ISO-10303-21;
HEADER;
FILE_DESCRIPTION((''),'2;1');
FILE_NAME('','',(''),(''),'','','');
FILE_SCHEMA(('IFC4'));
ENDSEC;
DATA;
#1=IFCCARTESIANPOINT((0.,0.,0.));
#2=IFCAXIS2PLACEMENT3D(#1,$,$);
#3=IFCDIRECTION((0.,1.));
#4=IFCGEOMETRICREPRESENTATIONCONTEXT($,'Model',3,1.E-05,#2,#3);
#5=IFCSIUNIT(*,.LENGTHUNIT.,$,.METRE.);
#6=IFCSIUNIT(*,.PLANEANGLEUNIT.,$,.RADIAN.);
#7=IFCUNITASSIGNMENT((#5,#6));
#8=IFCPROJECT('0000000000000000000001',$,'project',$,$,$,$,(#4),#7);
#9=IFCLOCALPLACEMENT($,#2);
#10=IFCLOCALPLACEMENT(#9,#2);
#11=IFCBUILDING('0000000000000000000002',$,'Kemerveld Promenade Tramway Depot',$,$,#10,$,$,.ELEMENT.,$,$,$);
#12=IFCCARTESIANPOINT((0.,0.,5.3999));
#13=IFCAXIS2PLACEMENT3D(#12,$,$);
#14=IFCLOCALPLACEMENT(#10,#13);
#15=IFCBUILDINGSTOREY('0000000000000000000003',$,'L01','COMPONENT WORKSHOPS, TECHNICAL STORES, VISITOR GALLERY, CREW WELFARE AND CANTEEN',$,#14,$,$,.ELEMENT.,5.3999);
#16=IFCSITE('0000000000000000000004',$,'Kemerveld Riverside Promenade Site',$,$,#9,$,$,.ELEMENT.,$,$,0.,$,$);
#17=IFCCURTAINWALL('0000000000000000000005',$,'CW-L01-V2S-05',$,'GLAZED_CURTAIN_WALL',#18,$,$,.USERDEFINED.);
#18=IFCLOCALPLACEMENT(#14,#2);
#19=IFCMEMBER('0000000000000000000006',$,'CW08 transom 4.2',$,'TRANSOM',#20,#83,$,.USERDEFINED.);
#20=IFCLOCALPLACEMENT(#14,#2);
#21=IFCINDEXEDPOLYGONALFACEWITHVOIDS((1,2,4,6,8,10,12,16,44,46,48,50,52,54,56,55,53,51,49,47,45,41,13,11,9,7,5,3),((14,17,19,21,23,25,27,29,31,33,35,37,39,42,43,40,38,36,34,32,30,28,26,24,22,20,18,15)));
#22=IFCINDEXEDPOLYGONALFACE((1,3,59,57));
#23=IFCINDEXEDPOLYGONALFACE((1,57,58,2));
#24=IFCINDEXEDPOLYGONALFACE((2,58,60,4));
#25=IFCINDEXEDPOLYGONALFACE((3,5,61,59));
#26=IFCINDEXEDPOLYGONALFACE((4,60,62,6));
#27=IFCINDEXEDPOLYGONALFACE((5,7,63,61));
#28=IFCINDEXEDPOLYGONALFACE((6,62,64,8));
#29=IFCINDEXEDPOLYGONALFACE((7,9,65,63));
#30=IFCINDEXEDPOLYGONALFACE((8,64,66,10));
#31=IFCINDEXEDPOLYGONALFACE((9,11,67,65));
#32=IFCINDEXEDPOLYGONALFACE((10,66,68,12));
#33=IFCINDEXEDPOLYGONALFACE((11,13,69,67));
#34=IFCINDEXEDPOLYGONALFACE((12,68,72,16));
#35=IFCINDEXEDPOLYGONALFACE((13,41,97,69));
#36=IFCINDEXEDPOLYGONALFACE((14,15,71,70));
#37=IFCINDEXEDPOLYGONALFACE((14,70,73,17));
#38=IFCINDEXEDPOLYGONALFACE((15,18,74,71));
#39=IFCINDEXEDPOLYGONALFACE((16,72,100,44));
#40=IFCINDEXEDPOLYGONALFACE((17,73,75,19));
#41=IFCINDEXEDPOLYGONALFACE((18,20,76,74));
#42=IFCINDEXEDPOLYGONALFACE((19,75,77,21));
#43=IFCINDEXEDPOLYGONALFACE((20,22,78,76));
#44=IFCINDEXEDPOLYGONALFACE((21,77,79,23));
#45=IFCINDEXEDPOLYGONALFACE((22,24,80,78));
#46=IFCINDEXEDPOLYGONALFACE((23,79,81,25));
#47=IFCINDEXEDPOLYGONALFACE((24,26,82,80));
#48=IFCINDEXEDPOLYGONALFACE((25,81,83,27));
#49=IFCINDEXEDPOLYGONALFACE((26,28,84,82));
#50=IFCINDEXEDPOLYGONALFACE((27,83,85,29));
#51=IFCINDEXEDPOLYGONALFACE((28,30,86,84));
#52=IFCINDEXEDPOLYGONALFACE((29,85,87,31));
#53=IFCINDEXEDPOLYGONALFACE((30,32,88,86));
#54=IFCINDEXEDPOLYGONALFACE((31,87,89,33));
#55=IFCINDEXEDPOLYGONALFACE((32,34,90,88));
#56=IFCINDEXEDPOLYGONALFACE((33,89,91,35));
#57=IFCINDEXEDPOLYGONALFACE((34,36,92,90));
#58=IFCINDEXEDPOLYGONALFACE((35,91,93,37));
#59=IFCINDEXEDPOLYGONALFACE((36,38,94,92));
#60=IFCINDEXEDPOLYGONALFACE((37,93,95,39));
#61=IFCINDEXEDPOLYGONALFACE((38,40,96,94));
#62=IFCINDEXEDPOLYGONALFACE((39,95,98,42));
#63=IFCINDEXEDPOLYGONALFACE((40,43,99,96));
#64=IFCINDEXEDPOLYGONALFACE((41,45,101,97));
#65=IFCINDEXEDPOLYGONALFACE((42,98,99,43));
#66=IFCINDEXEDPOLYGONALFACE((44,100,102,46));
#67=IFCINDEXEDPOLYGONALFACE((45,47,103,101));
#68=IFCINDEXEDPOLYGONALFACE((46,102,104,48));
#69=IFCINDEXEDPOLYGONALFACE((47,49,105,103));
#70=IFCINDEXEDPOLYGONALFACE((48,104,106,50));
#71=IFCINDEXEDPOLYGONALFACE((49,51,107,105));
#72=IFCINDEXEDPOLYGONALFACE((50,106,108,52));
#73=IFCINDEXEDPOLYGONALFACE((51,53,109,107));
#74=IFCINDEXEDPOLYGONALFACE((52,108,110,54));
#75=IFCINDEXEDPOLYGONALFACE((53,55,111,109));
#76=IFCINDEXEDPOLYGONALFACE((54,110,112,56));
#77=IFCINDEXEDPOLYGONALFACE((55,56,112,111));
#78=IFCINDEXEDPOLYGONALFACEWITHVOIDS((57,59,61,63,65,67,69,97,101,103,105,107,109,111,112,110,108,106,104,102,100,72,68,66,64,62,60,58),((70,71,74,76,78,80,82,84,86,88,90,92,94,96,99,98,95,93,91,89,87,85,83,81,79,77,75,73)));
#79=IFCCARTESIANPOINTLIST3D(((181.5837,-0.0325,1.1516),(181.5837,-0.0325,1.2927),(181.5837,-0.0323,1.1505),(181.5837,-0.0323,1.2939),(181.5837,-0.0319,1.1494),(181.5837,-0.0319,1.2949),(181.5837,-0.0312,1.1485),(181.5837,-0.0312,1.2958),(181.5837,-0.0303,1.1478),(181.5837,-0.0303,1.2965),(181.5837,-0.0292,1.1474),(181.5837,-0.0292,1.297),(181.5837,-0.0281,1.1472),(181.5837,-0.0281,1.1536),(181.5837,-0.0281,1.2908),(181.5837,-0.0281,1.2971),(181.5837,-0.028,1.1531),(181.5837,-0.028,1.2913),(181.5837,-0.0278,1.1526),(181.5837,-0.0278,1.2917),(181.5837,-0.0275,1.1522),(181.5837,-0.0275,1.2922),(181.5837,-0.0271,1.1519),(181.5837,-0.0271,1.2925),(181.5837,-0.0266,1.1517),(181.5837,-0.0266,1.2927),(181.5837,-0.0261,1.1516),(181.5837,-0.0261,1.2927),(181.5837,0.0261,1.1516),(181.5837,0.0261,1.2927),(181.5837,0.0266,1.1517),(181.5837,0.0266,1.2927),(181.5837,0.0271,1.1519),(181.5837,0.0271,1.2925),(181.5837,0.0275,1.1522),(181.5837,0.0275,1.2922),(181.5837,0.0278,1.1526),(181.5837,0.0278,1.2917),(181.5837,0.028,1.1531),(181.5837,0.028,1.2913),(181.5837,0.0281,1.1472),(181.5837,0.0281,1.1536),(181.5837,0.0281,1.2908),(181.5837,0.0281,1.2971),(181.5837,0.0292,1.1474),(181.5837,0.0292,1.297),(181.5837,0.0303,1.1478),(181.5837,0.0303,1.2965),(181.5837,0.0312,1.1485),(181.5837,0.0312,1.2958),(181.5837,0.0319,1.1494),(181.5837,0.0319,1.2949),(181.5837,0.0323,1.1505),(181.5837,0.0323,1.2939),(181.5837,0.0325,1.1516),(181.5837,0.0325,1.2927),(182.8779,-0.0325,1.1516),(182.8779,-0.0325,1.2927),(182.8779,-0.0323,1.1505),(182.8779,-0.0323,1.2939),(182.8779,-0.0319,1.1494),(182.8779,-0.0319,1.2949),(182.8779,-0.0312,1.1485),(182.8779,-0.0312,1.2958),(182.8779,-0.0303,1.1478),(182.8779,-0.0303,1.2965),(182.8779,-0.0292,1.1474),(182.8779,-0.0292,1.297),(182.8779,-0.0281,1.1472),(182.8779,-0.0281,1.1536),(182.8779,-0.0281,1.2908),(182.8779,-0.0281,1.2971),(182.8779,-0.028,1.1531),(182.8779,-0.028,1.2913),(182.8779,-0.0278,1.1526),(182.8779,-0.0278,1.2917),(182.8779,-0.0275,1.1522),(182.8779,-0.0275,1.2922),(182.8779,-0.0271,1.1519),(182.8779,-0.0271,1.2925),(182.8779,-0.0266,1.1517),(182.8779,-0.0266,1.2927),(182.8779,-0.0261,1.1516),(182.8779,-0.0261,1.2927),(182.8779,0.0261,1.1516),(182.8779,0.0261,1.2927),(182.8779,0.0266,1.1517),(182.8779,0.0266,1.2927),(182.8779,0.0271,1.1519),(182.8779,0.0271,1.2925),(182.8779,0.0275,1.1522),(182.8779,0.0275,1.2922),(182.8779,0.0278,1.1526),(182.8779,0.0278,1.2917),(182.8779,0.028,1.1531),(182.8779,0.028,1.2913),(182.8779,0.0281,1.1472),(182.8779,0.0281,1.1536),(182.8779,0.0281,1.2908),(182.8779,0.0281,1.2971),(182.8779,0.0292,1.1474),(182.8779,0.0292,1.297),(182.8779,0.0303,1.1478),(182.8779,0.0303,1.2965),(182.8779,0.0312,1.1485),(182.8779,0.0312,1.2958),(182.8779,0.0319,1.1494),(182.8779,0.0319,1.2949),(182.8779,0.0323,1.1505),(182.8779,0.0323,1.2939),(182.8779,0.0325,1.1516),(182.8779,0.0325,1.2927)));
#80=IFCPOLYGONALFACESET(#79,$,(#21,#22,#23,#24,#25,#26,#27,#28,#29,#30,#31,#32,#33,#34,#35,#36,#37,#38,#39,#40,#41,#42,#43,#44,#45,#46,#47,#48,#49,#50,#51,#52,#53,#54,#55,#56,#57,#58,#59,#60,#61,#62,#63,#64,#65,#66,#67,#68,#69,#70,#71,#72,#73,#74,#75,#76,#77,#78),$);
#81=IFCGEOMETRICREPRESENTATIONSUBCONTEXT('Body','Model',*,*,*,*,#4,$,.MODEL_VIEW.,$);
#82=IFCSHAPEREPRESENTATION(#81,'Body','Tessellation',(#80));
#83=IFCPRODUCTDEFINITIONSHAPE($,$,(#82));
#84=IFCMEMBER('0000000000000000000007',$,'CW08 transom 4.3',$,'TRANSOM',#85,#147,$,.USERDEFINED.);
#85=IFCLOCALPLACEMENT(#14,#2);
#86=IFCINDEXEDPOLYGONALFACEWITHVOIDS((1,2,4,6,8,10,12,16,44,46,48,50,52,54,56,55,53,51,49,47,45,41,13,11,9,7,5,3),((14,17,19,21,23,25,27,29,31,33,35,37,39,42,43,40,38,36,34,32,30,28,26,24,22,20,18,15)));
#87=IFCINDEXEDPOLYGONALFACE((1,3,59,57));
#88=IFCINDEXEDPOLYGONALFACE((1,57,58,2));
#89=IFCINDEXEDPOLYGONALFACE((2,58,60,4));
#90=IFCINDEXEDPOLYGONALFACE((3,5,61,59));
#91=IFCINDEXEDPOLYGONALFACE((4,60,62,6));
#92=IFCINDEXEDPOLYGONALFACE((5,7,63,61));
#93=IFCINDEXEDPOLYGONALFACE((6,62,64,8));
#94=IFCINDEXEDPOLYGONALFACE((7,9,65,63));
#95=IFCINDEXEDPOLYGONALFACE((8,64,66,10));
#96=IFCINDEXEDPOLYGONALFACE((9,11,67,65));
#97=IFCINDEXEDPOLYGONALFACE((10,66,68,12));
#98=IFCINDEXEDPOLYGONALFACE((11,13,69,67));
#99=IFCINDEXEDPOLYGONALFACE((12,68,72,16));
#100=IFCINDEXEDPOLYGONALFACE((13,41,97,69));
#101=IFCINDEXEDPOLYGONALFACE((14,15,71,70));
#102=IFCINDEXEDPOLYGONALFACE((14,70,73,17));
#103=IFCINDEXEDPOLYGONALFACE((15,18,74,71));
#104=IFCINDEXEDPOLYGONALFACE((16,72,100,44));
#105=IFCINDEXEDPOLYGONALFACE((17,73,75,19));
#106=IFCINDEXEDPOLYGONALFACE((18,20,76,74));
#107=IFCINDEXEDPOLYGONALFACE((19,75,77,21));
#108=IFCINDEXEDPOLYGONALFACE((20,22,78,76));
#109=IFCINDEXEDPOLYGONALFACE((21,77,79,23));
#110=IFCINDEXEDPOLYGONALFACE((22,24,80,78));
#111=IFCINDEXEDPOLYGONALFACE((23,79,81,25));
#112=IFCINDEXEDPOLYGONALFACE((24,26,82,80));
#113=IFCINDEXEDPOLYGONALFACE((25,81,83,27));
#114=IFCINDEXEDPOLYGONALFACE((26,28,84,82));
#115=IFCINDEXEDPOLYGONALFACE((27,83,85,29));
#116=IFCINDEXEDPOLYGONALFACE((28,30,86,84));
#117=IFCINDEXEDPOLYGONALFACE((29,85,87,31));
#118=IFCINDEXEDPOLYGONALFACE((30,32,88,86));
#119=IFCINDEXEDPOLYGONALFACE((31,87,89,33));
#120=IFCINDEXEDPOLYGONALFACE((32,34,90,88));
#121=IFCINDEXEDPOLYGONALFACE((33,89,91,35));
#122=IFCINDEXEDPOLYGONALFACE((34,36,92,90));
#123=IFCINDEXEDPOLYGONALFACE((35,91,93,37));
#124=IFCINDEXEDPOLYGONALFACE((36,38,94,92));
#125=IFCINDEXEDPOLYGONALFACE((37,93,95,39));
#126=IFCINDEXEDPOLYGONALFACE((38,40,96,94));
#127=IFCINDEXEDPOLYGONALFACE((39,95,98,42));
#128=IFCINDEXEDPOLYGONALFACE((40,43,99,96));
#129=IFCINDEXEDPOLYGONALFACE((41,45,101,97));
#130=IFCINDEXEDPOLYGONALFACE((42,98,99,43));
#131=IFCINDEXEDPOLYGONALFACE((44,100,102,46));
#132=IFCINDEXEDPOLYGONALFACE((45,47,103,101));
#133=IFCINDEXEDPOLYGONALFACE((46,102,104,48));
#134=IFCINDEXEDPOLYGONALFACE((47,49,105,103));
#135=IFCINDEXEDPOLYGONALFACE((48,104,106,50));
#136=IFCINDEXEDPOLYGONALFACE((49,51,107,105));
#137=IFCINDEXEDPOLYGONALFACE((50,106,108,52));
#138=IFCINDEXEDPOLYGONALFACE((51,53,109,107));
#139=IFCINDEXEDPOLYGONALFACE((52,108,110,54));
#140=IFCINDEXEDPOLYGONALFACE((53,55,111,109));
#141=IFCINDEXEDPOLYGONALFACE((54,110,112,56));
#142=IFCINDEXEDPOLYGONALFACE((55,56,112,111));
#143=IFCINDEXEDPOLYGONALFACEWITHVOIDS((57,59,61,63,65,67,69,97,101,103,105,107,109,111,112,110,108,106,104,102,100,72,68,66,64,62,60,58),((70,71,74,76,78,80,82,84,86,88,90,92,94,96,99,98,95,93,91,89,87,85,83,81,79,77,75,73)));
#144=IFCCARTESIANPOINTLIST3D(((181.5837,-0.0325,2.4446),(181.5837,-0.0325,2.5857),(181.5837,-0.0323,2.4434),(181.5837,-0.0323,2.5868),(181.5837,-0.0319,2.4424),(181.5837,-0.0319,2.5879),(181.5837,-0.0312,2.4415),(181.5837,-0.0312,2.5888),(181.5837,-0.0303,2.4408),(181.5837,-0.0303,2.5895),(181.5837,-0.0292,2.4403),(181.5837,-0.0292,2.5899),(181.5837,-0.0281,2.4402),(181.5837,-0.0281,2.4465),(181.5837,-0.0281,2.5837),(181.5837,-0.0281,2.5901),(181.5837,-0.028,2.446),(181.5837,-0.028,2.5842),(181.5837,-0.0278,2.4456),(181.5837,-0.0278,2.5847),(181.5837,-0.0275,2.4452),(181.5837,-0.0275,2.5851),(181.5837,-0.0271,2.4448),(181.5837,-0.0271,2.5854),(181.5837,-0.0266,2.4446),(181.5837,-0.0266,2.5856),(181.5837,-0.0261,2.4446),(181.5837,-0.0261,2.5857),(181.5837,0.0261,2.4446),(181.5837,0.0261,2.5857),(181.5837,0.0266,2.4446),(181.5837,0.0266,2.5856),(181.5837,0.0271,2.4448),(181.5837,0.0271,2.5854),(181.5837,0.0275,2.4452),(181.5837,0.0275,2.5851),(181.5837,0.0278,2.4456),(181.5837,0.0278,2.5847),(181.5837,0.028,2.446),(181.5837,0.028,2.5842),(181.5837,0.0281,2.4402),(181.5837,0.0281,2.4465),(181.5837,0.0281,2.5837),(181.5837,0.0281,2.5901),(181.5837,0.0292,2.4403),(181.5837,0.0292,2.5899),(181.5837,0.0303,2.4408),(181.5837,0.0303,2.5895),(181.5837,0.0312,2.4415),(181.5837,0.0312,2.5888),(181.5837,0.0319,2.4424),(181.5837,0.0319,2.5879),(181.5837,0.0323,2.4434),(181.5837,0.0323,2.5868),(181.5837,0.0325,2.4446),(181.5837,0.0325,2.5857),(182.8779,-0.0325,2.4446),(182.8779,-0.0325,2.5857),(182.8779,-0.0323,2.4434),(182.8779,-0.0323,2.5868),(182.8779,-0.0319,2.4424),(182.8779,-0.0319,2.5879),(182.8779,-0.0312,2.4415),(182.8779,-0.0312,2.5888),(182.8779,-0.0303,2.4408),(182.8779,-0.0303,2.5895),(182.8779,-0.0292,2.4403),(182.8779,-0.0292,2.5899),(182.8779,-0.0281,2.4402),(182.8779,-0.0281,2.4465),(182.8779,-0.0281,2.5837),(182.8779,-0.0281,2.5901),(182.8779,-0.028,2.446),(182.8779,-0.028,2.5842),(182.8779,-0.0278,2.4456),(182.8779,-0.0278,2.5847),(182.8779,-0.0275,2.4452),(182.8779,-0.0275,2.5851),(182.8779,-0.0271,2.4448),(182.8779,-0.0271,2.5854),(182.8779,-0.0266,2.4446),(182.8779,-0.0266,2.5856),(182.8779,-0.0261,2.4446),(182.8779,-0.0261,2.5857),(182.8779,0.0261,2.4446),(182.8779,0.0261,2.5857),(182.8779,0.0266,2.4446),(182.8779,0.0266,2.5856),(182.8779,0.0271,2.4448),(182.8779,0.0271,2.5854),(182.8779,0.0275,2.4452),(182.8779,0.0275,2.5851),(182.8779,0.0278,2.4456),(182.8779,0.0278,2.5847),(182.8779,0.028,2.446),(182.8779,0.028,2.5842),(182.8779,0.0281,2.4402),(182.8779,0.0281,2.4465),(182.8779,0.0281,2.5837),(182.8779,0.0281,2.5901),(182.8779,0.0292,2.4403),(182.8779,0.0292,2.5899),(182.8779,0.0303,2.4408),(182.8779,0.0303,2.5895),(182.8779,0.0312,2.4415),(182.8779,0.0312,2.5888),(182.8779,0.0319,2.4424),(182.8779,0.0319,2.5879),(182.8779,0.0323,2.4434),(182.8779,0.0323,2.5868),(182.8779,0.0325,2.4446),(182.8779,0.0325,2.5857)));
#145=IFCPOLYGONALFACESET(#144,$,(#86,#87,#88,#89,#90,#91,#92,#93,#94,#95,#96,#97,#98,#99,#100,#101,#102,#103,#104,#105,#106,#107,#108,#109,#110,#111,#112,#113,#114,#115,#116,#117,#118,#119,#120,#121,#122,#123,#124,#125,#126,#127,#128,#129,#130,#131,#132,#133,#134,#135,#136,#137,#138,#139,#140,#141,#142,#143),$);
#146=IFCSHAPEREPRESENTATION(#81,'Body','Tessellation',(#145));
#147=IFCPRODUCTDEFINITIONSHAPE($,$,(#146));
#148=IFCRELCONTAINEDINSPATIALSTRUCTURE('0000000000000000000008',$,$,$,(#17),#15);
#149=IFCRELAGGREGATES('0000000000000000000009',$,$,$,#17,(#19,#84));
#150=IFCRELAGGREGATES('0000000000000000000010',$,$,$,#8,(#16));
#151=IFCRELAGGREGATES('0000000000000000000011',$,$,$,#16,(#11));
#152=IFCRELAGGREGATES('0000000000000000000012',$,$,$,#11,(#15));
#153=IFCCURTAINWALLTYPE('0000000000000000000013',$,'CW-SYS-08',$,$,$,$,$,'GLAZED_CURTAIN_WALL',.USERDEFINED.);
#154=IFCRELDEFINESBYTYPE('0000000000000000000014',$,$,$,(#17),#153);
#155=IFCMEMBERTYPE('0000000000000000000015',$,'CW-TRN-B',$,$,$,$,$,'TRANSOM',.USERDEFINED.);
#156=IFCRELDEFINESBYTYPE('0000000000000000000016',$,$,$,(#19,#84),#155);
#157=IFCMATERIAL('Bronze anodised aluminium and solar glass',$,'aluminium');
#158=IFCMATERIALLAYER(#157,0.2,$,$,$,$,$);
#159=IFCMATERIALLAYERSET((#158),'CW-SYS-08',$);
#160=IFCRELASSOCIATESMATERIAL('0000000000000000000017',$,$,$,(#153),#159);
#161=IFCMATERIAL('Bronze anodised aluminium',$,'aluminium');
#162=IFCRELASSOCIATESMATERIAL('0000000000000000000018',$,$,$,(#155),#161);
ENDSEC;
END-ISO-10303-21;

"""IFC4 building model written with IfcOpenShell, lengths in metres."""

from ifc_helpers import new_model, si_unit, direction, frame, origin, origin_2d, place, context, subcontext, project, spatial, hollow_rectangle, extrude, material, layer, layer_set, material_profile, profile_set, type_object, element, aggregate, save


model = new_model("IFC4")

# Units and contexts
model_context = context("Model", 3, precision=1e-05, world=origin(), true_north=direction((0.0, 1.0)))
body_context = subcontext(model_context, "Body", "Model", "MODEL_VIEW")
ifc_project = project(units=[si_unit("LENGTHUNIT", "METRE"), si_unit("PLANEANGLEUNIT", "RADIAN")], contexts=[model_context])

# Site, building, storey
site_placement = place(None, origin())
site = spatial("IfcSite", under=ifc_project, at=site_placement, Name="Kemerveld Riverside Promenade Site", CompositionType="ELEMENT", RefElevation=0.0)
building_placement = place(site_placement, origin())
building = spatial("IfcBuilding", under=site, at=building_placement, Name="Kemerveld Promenade Tramway Depot", CompositionType="ELEMENT")
storey_placement = place(building_placement, frame((0.0, 0.0, 5.3999)))
storey = spatial("IfcBuildingStorey", under=building, at=storey_placement, Name="L01", Description="COMPONENT WORKSHOPS, TECHNICAL STORES, VISITOR GALLERY, CREW WELFARE AND CANTEEN", CompositionType="ELEMENT", Elevation=5.3999)

# Curtain wall, members
ifc_material_1 = material(Name="Bronze anodised aluminium and solar glass", Category="aluminium")
ifc_layer_1 = layer(ifc_material_1, 0.2)
ifc_layer_set_1 = layer_set([ifc_layer_1], Name="CW-SYS-08")
curtain_wall_type = type_object("IfcCurtainWallType", Name="CW-SYS-08", ElementType="GLAZED_CURTAIN_WALL", PredefinedType="USERDEFINED", material=ifc_layer_set_1)
curtain_wall_placement = place(storey_placement, origin())
curtain_wall = element("IfcCurtainWall", 1, at=curtain_wall_placement, inside=storey, type_object=curtain_wall_type, Name="CW-L01-V2S-05", ObjectType="GLAZED_CURTAIN_WALL", PredefinedType="USERDEFINED")
ifc_material_2 = material(Name="Bronze anodised aluminium", Category="aluminium")
ifc_material_profile_1 = material_profile(ifc_material_2, hollow_rectangle(XDim=0.0649, YDim=0.1499, WallThickness=0.0044, InnerFilletRadius=0.002, OuterFilletRadius=0.0044, at=origin_2d()), Name="CW-TRN-150x65")
ifc_profile_set_1 = profile_set([ifc_material_profile_1], Name="Bronze anodised aluminium")
member_type_1 = type_object("IfcMemberType", Name="CW-TRN-B", ElementType="TRANSOM", PredefinedType="USERDEFINED", material=ifc_profile_set_1)
member_1_placement = place(storey_placement, frame((182.8779, 0.0, 1.2222), z_axis=(-1.0, 0.0, 0.0), x_axis=(0.0, -1.0, 0.0)))
member_1 = element("IfcMember", 2, at=member_1_placement, type_object=member_type_1, Name="CW08 transom 4.2", ObjectType="TRANSOM", PredefinedType="USERDEFINED", context=body_context, shape_type="SweptSolid", body=[
    extrude(hollow_rectangle(XDim=0.0649, YDim=0.1499, WallThickness=0.0044, InnerFilletRadius=0.002, OuterFilletRadius=0.0044, at=origin_2d()), origin(), (0.0, 0.0, 1.0), 1.2942),
])
member_2_placement = place(storey_placement, frame((182.8779, 0.0, 2.5151), z_axis=(-1.0, 0.0, 0.0), x_axis=(0.0, -1.0, 0.0)))
member_2 = element("IfcMember", 3, at=member_2_placement, type_object=member_type_1, Name="CW08 transom 4.3", ObjectType="TRANSOM", PredefinedType="USERDEFINED", context=body_context, shape_type="SweptSolid", body=[
    extrude(hollow_rectangle(XDim=0.0649, YDim=0.1499, WallThickness=0.0044, InnerFilletRadius=0.002, OuterFilletRadius=0.0044, at=origin_2d()), origin(), (0.0, 0.0, 1.0), 1.2942),
])
aggregate(curtain_wall, [member_1, member_2])

save(model, "model.ifc")
